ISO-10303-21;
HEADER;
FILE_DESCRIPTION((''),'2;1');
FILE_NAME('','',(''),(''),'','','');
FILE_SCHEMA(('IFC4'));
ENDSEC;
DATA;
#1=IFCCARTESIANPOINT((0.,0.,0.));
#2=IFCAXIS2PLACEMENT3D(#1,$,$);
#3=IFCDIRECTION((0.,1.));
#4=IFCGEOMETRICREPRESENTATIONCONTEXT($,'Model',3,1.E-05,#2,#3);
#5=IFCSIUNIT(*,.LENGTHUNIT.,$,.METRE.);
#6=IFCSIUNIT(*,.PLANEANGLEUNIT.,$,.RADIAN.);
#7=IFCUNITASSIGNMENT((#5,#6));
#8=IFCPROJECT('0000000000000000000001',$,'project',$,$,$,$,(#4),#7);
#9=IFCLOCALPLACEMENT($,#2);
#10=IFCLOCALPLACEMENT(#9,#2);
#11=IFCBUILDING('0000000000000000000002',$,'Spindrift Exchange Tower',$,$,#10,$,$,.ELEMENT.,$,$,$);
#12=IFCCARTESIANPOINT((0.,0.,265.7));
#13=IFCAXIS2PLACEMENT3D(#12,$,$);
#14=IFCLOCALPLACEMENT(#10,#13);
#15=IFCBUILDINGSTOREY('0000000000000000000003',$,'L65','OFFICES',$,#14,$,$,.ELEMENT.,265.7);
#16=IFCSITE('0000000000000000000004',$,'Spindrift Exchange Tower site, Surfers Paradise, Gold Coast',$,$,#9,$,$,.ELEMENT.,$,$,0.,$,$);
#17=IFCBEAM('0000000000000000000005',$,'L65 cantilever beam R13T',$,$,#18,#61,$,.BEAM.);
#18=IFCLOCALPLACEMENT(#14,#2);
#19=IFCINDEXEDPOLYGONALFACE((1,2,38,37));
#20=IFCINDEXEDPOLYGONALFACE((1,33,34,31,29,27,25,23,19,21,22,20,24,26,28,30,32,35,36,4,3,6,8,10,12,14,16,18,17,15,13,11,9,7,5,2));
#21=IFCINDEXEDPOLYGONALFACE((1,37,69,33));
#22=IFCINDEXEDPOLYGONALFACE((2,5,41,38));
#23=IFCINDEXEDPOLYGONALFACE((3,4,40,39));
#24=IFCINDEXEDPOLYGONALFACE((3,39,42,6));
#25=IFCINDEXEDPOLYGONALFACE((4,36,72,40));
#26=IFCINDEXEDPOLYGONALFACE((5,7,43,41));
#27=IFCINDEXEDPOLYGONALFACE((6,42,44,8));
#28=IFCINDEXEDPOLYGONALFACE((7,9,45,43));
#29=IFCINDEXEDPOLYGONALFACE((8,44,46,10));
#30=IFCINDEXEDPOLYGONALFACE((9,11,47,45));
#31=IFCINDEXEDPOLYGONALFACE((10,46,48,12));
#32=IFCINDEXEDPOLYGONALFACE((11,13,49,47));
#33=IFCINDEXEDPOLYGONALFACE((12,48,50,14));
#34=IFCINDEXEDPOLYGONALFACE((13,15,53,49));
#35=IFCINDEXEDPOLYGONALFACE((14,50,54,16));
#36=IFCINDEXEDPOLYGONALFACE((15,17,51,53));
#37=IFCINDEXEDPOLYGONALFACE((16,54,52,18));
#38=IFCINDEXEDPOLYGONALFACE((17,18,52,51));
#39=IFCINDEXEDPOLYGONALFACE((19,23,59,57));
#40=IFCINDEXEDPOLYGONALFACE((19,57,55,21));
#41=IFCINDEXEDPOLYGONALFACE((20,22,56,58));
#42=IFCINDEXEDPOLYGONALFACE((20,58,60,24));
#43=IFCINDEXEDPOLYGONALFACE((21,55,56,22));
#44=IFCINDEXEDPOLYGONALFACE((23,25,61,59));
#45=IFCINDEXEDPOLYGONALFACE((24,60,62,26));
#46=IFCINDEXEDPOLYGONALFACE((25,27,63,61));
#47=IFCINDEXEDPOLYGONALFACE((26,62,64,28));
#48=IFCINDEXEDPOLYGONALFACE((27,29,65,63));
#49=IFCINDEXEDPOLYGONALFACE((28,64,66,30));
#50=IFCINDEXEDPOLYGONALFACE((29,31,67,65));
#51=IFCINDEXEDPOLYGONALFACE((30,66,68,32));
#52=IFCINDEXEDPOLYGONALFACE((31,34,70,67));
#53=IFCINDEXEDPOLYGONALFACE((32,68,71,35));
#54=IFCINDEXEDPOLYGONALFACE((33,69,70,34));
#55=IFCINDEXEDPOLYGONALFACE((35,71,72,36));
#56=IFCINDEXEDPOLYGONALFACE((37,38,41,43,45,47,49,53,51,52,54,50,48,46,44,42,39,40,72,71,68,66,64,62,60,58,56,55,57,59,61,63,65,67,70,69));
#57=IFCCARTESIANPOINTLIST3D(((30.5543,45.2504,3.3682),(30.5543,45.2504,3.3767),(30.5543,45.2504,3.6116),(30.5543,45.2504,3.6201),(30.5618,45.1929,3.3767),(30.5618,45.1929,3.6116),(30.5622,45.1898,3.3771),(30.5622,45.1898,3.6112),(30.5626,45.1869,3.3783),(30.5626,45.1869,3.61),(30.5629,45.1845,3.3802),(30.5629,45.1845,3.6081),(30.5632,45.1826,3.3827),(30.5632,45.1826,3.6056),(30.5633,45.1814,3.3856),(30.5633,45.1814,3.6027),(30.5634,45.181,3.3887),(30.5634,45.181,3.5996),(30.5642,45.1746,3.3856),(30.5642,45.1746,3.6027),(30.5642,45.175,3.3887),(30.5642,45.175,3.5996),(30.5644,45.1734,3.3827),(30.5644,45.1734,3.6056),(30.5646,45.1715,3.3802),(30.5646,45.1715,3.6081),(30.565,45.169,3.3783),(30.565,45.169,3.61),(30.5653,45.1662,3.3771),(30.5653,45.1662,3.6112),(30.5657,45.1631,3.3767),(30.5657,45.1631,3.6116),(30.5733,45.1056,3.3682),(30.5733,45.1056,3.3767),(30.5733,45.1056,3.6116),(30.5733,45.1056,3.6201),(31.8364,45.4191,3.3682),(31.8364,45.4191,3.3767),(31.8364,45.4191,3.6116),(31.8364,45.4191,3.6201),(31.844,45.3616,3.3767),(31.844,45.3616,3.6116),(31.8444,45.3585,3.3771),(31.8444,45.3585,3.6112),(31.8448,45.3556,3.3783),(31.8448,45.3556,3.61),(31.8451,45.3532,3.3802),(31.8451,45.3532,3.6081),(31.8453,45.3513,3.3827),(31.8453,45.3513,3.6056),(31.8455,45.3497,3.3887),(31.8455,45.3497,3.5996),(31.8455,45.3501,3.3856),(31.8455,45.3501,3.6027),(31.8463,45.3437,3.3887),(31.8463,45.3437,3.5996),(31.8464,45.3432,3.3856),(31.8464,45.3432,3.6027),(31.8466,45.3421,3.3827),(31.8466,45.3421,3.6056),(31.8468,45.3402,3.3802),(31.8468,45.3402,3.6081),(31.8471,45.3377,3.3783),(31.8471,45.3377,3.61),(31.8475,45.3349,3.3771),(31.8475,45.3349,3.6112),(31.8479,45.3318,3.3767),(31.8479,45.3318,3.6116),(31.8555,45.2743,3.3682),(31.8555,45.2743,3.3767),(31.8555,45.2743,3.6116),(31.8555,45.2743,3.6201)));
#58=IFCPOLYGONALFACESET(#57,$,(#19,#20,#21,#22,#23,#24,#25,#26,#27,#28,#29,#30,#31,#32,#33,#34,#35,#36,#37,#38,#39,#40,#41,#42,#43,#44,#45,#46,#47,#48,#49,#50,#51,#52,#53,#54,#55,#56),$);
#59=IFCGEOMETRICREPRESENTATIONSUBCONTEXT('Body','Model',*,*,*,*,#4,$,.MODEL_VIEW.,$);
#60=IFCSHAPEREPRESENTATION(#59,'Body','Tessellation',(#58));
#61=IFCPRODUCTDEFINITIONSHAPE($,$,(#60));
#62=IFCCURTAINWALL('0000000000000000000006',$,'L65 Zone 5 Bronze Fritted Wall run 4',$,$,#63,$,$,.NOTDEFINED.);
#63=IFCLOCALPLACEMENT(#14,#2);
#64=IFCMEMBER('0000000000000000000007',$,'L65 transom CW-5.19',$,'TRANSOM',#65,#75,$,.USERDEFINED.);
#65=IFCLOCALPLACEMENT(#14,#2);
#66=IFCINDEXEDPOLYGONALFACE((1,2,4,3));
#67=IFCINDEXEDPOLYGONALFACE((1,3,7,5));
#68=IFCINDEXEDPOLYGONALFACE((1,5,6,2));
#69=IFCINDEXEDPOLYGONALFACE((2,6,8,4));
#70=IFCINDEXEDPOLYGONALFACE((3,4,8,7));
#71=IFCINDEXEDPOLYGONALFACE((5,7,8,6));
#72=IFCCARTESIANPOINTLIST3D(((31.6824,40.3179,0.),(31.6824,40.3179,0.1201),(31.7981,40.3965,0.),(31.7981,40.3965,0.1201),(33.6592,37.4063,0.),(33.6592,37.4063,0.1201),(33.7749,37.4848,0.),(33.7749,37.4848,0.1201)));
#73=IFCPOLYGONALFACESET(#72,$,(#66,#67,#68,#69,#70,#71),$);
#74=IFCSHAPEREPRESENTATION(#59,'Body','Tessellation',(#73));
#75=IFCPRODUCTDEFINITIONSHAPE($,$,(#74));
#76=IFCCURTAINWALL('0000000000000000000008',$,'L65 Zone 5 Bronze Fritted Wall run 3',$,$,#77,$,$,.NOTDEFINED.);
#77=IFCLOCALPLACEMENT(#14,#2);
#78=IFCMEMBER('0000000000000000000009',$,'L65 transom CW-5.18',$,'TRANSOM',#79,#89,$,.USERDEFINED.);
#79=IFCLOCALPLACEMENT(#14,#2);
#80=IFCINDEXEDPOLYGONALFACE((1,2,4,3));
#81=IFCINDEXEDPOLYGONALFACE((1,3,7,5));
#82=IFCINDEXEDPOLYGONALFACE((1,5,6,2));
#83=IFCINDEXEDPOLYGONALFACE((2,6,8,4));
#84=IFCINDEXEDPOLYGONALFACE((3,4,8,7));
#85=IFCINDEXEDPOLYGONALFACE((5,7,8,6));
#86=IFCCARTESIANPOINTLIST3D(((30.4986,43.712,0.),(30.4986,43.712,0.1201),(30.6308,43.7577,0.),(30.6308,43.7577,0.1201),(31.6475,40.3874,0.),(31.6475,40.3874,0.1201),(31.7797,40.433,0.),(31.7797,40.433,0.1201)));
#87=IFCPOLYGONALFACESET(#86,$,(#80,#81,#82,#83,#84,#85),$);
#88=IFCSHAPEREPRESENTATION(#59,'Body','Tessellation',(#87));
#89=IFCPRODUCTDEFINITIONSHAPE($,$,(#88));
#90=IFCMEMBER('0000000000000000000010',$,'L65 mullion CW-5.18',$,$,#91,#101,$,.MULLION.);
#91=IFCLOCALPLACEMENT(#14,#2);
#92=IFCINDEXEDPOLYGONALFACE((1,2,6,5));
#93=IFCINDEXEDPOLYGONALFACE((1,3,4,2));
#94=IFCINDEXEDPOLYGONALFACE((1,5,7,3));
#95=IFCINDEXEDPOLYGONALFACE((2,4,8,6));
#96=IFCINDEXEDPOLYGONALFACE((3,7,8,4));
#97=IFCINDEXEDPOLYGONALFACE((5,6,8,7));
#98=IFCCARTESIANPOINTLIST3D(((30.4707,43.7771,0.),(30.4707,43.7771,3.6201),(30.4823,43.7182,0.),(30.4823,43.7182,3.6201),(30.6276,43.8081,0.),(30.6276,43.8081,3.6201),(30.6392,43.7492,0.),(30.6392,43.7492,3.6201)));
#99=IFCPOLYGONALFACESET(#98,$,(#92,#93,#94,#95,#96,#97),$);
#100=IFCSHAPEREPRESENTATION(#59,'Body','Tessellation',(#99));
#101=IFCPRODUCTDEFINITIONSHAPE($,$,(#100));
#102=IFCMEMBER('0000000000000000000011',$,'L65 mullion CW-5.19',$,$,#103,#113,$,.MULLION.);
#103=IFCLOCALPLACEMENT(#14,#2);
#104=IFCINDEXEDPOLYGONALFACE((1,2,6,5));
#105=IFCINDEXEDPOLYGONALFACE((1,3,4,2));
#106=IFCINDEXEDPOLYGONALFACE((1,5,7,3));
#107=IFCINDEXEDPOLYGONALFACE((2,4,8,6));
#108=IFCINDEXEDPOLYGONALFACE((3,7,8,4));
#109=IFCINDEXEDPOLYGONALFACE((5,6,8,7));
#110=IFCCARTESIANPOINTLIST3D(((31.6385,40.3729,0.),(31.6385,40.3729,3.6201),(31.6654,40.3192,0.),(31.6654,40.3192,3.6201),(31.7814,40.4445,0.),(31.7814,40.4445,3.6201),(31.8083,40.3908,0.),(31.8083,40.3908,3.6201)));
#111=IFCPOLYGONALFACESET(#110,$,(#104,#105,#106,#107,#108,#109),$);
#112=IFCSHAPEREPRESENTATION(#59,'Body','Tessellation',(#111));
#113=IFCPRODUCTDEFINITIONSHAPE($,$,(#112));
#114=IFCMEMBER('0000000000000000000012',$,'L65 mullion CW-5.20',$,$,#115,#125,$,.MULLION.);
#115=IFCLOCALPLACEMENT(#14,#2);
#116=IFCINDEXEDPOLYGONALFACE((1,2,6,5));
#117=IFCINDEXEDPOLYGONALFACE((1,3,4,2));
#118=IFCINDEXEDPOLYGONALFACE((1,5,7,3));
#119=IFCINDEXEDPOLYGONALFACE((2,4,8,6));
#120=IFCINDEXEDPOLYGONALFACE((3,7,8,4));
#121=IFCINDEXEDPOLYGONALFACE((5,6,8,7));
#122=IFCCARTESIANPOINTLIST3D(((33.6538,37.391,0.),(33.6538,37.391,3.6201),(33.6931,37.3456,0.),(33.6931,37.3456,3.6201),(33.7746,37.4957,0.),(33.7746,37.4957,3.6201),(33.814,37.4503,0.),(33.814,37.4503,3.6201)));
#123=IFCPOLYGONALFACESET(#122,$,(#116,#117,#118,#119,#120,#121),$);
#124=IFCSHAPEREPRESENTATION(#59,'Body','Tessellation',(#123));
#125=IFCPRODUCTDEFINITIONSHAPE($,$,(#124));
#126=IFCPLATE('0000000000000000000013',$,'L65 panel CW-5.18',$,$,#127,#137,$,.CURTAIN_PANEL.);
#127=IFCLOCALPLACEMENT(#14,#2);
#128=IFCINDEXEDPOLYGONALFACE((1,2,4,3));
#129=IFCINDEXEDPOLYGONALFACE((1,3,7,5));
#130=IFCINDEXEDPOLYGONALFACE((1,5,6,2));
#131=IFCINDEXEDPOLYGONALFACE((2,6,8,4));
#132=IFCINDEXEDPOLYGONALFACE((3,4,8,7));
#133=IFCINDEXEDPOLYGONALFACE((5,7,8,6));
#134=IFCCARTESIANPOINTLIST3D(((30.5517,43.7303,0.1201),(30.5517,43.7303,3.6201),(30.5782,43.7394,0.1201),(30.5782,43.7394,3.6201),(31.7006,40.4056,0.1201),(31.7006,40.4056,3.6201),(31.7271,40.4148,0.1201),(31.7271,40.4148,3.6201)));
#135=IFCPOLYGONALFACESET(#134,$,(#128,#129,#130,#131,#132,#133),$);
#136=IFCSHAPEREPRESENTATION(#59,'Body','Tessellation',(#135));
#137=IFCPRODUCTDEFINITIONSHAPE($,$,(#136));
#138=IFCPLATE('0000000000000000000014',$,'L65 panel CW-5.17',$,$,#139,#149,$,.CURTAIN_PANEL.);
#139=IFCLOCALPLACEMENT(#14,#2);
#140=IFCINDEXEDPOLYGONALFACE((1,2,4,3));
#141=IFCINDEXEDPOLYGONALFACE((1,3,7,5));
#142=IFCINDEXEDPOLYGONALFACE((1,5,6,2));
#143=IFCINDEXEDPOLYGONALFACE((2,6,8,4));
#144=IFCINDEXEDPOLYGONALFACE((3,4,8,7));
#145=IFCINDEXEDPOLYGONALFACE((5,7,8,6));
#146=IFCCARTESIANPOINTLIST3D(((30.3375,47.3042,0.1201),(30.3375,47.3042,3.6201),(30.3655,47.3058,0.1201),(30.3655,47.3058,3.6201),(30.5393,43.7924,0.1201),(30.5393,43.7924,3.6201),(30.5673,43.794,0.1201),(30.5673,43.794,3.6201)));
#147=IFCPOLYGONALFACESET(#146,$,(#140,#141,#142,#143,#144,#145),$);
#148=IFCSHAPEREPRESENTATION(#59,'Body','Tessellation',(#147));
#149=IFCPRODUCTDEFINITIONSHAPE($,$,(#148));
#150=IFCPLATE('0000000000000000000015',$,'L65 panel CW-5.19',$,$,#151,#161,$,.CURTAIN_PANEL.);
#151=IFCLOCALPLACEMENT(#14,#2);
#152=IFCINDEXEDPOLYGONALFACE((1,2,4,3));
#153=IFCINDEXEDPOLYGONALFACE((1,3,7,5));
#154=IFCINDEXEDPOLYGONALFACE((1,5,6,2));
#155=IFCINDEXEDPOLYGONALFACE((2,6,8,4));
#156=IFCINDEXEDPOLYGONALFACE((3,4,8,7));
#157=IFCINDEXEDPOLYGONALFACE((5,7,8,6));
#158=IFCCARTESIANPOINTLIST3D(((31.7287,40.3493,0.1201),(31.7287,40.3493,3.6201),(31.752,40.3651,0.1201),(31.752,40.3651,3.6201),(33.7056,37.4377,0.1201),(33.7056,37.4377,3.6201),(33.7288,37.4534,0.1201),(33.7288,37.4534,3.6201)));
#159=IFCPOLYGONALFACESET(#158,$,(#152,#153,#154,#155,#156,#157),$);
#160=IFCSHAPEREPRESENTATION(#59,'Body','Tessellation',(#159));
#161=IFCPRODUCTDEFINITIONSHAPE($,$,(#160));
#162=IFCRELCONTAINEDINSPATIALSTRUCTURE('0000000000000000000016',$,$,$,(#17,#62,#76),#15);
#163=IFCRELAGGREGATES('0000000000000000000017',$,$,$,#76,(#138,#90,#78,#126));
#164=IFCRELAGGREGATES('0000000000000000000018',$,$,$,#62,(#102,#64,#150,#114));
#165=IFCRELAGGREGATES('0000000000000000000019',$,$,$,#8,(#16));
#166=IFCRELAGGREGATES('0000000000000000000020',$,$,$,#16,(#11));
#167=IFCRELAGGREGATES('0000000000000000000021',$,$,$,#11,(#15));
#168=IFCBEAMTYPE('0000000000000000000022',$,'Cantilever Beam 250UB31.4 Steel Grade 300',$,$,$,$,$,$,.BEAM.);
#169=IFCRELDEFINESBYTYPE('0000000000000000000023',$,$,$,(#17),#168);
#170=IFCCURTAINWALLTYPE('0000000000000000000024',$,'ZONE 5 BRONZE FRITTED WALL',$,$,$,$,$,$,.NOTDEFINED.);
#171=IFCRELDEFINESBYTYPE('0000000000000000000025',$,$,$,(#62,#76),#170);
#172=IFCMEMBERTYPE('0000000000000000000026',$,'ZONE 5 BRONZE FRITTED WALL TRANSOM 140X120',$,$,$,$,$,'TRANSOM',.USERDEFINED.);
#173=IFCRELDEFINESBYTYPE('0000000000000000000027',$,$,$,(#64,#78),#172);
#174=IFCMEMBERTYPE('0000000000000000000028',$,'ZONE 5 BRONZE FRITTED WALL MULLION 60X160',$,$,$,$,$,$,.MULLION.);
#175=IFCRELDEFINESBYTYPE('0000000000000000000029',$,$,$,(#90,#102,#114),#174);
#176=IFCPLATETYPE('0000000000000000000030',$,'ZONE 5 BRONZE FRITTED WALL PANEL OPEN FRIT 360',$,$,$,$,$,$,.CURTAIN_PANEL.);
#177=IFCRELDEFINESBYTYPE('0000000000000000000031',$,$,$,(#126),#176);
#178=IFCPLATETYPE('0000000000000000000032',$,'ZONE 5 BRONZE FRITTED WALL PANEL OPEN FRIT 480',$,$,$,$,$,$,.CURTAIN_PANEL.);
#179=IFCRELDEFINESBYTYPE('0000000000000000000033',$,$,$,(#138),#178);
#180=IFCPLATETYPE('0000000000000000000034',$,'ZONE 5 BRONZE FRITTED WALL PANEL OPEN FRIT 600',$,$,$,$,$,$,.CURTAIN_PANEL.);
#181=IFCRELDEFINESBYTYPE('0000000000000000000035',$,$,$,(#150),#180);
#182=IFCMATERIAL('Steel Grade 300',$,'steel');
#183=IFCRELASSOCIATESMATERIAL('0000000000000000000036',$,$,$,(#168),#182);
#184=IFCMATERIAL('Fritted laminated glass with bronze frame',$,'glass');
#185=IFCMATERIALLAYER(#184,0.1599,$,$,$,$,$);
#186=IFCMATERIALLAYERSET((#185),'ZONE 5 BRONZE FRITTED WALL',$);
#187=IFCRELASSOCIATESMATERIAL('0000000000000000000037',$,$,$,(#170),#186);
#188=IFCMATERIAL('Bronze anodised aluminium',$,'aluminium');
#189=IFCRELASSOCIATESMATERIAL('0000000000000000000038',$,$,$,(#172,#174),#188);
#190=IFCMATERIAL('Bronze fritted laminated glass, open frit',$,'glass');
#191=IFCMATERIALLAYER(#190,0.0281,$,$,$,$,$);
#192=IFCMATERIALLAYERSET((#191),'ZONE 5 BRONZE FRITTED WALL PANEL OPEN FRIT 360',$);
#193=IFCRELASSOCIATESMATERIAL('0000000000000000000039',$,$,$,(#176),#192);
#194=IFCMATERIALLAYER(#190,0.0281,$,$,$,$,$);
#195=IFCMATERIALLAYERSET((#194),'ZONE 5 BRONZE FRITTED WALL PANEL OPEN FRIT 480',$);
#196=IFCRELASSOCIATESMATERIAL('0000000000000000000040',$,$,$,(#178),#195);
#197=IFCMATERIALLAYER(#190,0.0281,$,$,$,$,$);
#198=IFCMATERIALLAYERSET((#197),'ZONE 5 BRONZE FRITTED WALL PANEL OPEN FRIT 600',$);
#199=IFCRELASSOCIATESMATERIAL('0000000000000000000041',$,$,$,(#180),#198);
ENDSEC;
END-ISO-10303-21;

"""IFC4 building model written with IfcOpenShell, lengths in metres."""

from ifc_helpers import new_model, si_unit, direction, frame, origin, origin_2d, place, context, subcontext, project, spatial, rectangle, i_section, extrude, source, transform, mapped, material, layer, layer_set, material_profile, profile_set, type_object, element, aggregate, save


model = new_model("IFC4")

# Units and contexts
model_context = context("Model", 3, precision=1e-05, world=origin(), true_north=direction((0.0, 1.0)))
body_context = subcontext(model_context, "Body", "Model", "MODEL_VIEW")
ifc_project = project(units=[si_unit("LENGTHUNIT", "METRE"), si_unit("PLANEANGLEUNIT", "RADIAN")], contexts=[model_context])

# Site, building, storey
site_placement = place(None, origin())
site = spatial("IfcSite", under=ifc_project, at=site_placement, Name="Spindrift Exchange Tower site, Surfers Paradise, Gold Coast", CompositionType="ELEMENT", RefElevation=0.0)
building_placement = place(site_placement, origin())
building = spatial("IfcBuilding", under=site, at=building_placement, Name="Spindrift Exchange Tower", CompositionType="ELEMENT")
storey_placement = place(building_placement, frame((0.0, 0.0, 265.7)))
storey = spatial("IfcBuildingStorey", under=building, at=storey_placement, Name="L65", Description="OFFICES", CompositionType="ELEMENT", Elevation=265.7)

# Beam
ifc_material_1 = material(Name="Steel Grade 300", Category="steel")
ifc_material_profile_1 = material_profile(ifc_material_1, i_section(OverallWidth=0.146, OverallDepth=0.252, WebThickness=0.0061, FlangeThickness=0.0085, FilletRadius=0.012, at=origin_2d()), Name="250UB31.4")
ifc_profile_set_1 = profile_set([ifc_material_profile_1], Name="Steel Grade 300")
beam_type_1 = type_object("IfcBeamType", Name="Cantilever Beam 250UB31.4 Steel Grade 300", PredefinedType="BEAM", material=ifc_profile_set_1)
shared_shape_1 = source(origin(), body_context, "Body", "SweptSolid", [
    extrude(i_section(OverallWidth=0.146, OverallDepth=0.252, WebThickness=0.0061, FlangeThickness=0.0085, FilletRadius=0.012, at=origin_2d()), origin(), (0.0, 0.0, 1.0), 1.2932),
])
beam_1_placement = place(storey_placement, frame((31.8459, 45.3467, 3.4941), z_axis=(-0.991456, -0.130445, 0.0), x_axis=(0.130445, -0.991456, 0.0)))
element("IfcBeam", 1, at=beam_1_placement, inside=storey, type_object=beam_type_1, Name="L65 cantilever beam R13T", PredefinedType="BEAM", context=body_context, shape_type="MappedRepresentation", body=[
    mapped(shared_shape_1, transform((0.0, 0.0, 0.0), scale=1.0)),
])

# Curtain wall, member
ifc_material_2 = material(Name="Fritted laminated glass with bronze frame", Category="glass")
ifc_layer_1 = layer(ifc_material_2, 0.1599)
ifc_layer_set_1 = layer_set([ifc_layer_1], Name="ZONE 5 BRONZE FRITTED WALL")
curtain_wall_type = type_object("IfcCurtainWallType", Name="ZONE 5 BRONZE FRITTED WALL", PredefinedType="NOTDEFINED", material=ifc_layer_set_1)
curtain_wall_1_placement = place(storey_placement, origin())
curtain_wall_1 = element("IfcCurtainWall", 2, at=curtain_wall_1_placement, inside=storey, type_object=curtain_wall_type, Name="L65 Zone 5 Bronze Fritted Wall run 4", PredefinedType="NOTDEFINED")
ifc_material_3 = material(Name="Bronze anodised aluminium", Category="aluminium")
ifc_material_profile_2 = material_profile(ifc_material_3, rectangle(XDim=0.1399, YDim=0.1201, at=origin_2d()), Name="ZONE 5 BRONZE FRITTED WALL TRANSOM 140X120")
ifc_profile_set_2 = profile_set([ifc_material_profile_2], Name="Bronze anodised aluminium")
member_type_1 = type_object("IfcMemberType", Name="ZONE 5 BRONZE FRITTED WALL TRANSOM 140X120", ElementType="TRANSOM", PredefinedType="USERDEFINED", material=ifc_profile_set_2)
shared_shape_2 = source(origin(), body_context, "Body", "SweptSolid", [
    extrude(rectangle(XDim=0.1399, YDim=0.1201, at=origin_2d()), origin(), (0.0, 0.0, 1.0), 3.5193),
])
member_1_placement = place(storey_placement, frame((31.7402, 40.3572, 0.0601), z_axis=(0.561708, -0.827335, 0.0), x_axis=(0.827335, 0.561708, 0.0)))
member_1 = element("IfcMember", 3, at=member_1_placement, type_object=member_type_1, Name="L65 transom CW-5.19", ObjectType="TRANSOM", PredefinedType="USERDEFINED", context=body_context, shape_type="MappedRepresentation", body=[
    mapped(shared_shape_2, transform((0.0, 0.0, 0.0), scale=1.0)),
])

# Curtain wall, members
curtain_wall_2_placement = place(storey_placement, origin())
curtain_wall_2 = element("IfcCurtainWall", 4, at=curtain_wall_2_placement, inside=storey, type_object=curtain_wall_type, Name="L65 Zone 5 Bronze Fritted Wall run 3", PredefinedType="NOTDEFINED")
shared_shape_3 = source(origin(), body_context, "Body", "SweptSolid", [
    extrude(rectangle(XDim=0.1399, YDim=0.1201, at=origin_2d()), origin(), (0.0, 0.0, 1.0), 3.5176),
])
member_2_placement = place(storey_placement, frame((30.5647, 43.7349, 0.0601), z_axis=(0.326619, -0.945156, 0.0), x_axis=(0.945156, 0.326619, 0.0)))
member_2 = element("IfcMember", 5, at=member_2_placement, type_object=member_type_1, Name="L65 transom CW-5.18", ObjectType="TRANSOM", PredefinedType="USERDEFINED", context=body_context, shape_type="MappedRepresentation", body=[
    mapped(shared_shape_3, transform((0.0, 0.0, 0.0), scale=1.0)),
])
ifc_material_profile_3 = material_profile(ifc_material_3, rectangle(XDim=0.0601, YDim=0.1599, at=origin_2d()), Name="ZONE 5 BRONZE FRITTED WALL MULLION 60X160")
ifc_profile_set_3 = profile_set([ifc_material_profile_3], Name="Bronze anodised aluminium")
member_type_2 = type_object("IfcMemberType", Name="ZONE 5 BRONZE FRITTED WALL MULLION 60X160", PredefinedType="MULLION", material=ifc_profile_set_3)
shared_shape_4 = source(origin(), body_context, "Body", "SweptSolid", [
    extrude(rectangle(XDim=0.0601, YDim=0.1599, at=origin_2d()), origin(), (0.0, 0.0, 1.0), 3.6201),
])
member_3_placement = place(storey_placement, frame((30.5549, 43.7632, 0.0), z_axis=(0.0, 0.0, 1.0), x_axis=(0.193821, -0.981037, 0.0)))
member_3 = element("IfcMember", 6, at=member_3_placement, type_object=member_type_2, Name="L65 mullion CW-5.18", PredefinedType="MULLION", context=body_context, shape_type="MappedRepresentation", body=[
    mapped(shared_shape_4, transform((0.0, 0.0, 0.0), scale=1.0)),
])

# Members
member_4_placement = place(storey_placement, frame((31.7234, 40.3818, 0.0), z_axis=(0.0, 0.0, 1.0), x_axis=(0.448055, -0.894006, 0.0)))
member_4 = element("IfcMember", 7, at=member_4_placement, type_object=member_type_2, Name="L65 mullion CW-5.19", PredefinedType="MULLION", context=body_context, shape_type="MappedRepresentation", body=[
    mapped(shared_shape_4, transform((0.0, 0.0, 0.0), scale=1.0)),
])
member_5_placement = place(storey_placement, frame((33.7339, 37.4207, 0.0), z_axis=(0.0, 0.0, 1.0), x_axis=(0.655075, -0.755564, 0.0)))
member_5 = element("IfcMember", 8, at=member_5_placement, type_object=member_type_2, Name="L65 mullion CW-5.20", PredefinedType="MULLION", context=body_context, shape_type="MappedRepresentation", body=[
    mapped(shared_shape_4, transform((0.0, 0.0, 0.0), scale=1.0)),
])

# Plates
ifc_material_4 = material(Name="Bronze fritted laminated glass, open frit", Category="glass")
ifc_layer_2 = layer(ifc_material_4, 0.0281)
ifc_layer_set_2 = layer_set([ifc_layer_2], Name="ZONE 5 BRONZE FRITTED WALL PANEL OPEN FRIT 360")
plate_type_1 = type_object("IfcPlateType", Name="ZONE 5 BRONZE FRITTED WALL PANEL OPEN FRIT 360", PredefinedType="CURTAIN_PANEL", material=ifc_layer_set_2)
shared_shape_5 = source(origin(), body_context, "Body", "SweptSolid", [
    extrude(rectangle(XDim=3.5176, YDim=0.0281, at=origin_2d()), origin(), (0.0, 0.0, 1.0), 3.5),
])
plate_1_placement = place(storey_placement, frame((31.1394, 42.0725, 0.1201), z_axis=(0.0, 0.0, 1.0), x_axis=(0.326616, -0.945157, 0.0)))
plate_1 = element("IfcPlate", 9, at=plate_1_placement, type_object=plate_type_1, Name="L65 panel CW-5.18", PredefinedType="CURTAIN_PANEL", context=body_context, shape_type="MappedRepresentation", body=[
    mapped(shared_shape_5, transform((0.0, 0.0, 0.0), scale=1.0)),
])
ifc_layer_3 = layer(ifc_material_4, 0.0281)
ifc_layer_set_3 = layer_set([ifc_layer_3], Name="ZONE 5 BRONZE FRITTED WALL PANEL OPEN FRIT 480")
plate_type_2 = type_object("IfcPlateType", Name="ZONE 5 BRONZE FRITTED WALL PANEL OPEN FRIT 480", PredefinedType="CURTAIN_PANEL", material=ifc_layer_set_3)
shared_shape_6 = source(origin(), body_context, "Body", "SweptSolid", [
    extrude(rectangle(XDim=3.5176, YDim=0.0281, at=origin_2d()), origin(), (0.0, 0.0, 1.0), 3.5),
])
plate_2_placement = place(storey_placement, frame((30.4524, 45.5491, 0.1201), z_axis=(0.0, 0.0, 1.0), x_axis=(0.057358, -0.998354, 0.0)))
plate_2 = element("IfcPlate", 10, at=plate_2_placement, type_object=plate_type_2, Name="L65 panel CW-5.17", PredefinedType="CURTAIN_PANEL", context=body_context, shape_type="MappedRepresentation", body=[
    mapped(shared_shape_6, transform((0.0, 0.0, 0.0), scale=1.0)),
])
aggregate(curtain_wall_2, [plate_2, member_3, member_2, plate_1])
ifc_layer_4 = layer(ifc_material_4, 0.0281)
ifc_layer_set_4 = layer_set([ifc_layer_4], Name="ZONE 5 BRONZE FRITTED WALL PANEL OPEN FRIT 600")
plate_type_3 = type_object("IfcPlateType", Name="ZONE 5 BRONZE FRITTED WALL PANEL OPEN FRIT 600", PredefinedType="CURTAIN_PANEL", material=ifc_layer_set_4)
shared_shape_7 = source(origin(), body_context, "Body", "SweptSolid", [
    extrude(rectangle(XDim=3.5193, YDim=0.0281, at=origin_2d()), origin(), (0.0, 0.0, 1.0), 3.5),
])
plate_3_placement = place(storey_placement, frame((32.7288, 38.9014, 0.1201), z_axis=(0.0, 0.0, 1.0), x_axis=(0.561715, -0.827331, 0.0)))
plate_3 = element("IfcPlate", 11, at=plate_3_placement, type_object=plate_type_3, Name="L65 panel CW-5.19", PredefinedType="CURTAIN_PANEL", context=body_context, shape_type="MappedRepresentation", body=[
    mapped(shared_shape_7, transform((0.0, 0.0, 0.0), scale=1.0)),
])
aggregate(curtain_wall_1, [member_4, member_1, plate_3, member_5])

save(model, "model.ifc")
